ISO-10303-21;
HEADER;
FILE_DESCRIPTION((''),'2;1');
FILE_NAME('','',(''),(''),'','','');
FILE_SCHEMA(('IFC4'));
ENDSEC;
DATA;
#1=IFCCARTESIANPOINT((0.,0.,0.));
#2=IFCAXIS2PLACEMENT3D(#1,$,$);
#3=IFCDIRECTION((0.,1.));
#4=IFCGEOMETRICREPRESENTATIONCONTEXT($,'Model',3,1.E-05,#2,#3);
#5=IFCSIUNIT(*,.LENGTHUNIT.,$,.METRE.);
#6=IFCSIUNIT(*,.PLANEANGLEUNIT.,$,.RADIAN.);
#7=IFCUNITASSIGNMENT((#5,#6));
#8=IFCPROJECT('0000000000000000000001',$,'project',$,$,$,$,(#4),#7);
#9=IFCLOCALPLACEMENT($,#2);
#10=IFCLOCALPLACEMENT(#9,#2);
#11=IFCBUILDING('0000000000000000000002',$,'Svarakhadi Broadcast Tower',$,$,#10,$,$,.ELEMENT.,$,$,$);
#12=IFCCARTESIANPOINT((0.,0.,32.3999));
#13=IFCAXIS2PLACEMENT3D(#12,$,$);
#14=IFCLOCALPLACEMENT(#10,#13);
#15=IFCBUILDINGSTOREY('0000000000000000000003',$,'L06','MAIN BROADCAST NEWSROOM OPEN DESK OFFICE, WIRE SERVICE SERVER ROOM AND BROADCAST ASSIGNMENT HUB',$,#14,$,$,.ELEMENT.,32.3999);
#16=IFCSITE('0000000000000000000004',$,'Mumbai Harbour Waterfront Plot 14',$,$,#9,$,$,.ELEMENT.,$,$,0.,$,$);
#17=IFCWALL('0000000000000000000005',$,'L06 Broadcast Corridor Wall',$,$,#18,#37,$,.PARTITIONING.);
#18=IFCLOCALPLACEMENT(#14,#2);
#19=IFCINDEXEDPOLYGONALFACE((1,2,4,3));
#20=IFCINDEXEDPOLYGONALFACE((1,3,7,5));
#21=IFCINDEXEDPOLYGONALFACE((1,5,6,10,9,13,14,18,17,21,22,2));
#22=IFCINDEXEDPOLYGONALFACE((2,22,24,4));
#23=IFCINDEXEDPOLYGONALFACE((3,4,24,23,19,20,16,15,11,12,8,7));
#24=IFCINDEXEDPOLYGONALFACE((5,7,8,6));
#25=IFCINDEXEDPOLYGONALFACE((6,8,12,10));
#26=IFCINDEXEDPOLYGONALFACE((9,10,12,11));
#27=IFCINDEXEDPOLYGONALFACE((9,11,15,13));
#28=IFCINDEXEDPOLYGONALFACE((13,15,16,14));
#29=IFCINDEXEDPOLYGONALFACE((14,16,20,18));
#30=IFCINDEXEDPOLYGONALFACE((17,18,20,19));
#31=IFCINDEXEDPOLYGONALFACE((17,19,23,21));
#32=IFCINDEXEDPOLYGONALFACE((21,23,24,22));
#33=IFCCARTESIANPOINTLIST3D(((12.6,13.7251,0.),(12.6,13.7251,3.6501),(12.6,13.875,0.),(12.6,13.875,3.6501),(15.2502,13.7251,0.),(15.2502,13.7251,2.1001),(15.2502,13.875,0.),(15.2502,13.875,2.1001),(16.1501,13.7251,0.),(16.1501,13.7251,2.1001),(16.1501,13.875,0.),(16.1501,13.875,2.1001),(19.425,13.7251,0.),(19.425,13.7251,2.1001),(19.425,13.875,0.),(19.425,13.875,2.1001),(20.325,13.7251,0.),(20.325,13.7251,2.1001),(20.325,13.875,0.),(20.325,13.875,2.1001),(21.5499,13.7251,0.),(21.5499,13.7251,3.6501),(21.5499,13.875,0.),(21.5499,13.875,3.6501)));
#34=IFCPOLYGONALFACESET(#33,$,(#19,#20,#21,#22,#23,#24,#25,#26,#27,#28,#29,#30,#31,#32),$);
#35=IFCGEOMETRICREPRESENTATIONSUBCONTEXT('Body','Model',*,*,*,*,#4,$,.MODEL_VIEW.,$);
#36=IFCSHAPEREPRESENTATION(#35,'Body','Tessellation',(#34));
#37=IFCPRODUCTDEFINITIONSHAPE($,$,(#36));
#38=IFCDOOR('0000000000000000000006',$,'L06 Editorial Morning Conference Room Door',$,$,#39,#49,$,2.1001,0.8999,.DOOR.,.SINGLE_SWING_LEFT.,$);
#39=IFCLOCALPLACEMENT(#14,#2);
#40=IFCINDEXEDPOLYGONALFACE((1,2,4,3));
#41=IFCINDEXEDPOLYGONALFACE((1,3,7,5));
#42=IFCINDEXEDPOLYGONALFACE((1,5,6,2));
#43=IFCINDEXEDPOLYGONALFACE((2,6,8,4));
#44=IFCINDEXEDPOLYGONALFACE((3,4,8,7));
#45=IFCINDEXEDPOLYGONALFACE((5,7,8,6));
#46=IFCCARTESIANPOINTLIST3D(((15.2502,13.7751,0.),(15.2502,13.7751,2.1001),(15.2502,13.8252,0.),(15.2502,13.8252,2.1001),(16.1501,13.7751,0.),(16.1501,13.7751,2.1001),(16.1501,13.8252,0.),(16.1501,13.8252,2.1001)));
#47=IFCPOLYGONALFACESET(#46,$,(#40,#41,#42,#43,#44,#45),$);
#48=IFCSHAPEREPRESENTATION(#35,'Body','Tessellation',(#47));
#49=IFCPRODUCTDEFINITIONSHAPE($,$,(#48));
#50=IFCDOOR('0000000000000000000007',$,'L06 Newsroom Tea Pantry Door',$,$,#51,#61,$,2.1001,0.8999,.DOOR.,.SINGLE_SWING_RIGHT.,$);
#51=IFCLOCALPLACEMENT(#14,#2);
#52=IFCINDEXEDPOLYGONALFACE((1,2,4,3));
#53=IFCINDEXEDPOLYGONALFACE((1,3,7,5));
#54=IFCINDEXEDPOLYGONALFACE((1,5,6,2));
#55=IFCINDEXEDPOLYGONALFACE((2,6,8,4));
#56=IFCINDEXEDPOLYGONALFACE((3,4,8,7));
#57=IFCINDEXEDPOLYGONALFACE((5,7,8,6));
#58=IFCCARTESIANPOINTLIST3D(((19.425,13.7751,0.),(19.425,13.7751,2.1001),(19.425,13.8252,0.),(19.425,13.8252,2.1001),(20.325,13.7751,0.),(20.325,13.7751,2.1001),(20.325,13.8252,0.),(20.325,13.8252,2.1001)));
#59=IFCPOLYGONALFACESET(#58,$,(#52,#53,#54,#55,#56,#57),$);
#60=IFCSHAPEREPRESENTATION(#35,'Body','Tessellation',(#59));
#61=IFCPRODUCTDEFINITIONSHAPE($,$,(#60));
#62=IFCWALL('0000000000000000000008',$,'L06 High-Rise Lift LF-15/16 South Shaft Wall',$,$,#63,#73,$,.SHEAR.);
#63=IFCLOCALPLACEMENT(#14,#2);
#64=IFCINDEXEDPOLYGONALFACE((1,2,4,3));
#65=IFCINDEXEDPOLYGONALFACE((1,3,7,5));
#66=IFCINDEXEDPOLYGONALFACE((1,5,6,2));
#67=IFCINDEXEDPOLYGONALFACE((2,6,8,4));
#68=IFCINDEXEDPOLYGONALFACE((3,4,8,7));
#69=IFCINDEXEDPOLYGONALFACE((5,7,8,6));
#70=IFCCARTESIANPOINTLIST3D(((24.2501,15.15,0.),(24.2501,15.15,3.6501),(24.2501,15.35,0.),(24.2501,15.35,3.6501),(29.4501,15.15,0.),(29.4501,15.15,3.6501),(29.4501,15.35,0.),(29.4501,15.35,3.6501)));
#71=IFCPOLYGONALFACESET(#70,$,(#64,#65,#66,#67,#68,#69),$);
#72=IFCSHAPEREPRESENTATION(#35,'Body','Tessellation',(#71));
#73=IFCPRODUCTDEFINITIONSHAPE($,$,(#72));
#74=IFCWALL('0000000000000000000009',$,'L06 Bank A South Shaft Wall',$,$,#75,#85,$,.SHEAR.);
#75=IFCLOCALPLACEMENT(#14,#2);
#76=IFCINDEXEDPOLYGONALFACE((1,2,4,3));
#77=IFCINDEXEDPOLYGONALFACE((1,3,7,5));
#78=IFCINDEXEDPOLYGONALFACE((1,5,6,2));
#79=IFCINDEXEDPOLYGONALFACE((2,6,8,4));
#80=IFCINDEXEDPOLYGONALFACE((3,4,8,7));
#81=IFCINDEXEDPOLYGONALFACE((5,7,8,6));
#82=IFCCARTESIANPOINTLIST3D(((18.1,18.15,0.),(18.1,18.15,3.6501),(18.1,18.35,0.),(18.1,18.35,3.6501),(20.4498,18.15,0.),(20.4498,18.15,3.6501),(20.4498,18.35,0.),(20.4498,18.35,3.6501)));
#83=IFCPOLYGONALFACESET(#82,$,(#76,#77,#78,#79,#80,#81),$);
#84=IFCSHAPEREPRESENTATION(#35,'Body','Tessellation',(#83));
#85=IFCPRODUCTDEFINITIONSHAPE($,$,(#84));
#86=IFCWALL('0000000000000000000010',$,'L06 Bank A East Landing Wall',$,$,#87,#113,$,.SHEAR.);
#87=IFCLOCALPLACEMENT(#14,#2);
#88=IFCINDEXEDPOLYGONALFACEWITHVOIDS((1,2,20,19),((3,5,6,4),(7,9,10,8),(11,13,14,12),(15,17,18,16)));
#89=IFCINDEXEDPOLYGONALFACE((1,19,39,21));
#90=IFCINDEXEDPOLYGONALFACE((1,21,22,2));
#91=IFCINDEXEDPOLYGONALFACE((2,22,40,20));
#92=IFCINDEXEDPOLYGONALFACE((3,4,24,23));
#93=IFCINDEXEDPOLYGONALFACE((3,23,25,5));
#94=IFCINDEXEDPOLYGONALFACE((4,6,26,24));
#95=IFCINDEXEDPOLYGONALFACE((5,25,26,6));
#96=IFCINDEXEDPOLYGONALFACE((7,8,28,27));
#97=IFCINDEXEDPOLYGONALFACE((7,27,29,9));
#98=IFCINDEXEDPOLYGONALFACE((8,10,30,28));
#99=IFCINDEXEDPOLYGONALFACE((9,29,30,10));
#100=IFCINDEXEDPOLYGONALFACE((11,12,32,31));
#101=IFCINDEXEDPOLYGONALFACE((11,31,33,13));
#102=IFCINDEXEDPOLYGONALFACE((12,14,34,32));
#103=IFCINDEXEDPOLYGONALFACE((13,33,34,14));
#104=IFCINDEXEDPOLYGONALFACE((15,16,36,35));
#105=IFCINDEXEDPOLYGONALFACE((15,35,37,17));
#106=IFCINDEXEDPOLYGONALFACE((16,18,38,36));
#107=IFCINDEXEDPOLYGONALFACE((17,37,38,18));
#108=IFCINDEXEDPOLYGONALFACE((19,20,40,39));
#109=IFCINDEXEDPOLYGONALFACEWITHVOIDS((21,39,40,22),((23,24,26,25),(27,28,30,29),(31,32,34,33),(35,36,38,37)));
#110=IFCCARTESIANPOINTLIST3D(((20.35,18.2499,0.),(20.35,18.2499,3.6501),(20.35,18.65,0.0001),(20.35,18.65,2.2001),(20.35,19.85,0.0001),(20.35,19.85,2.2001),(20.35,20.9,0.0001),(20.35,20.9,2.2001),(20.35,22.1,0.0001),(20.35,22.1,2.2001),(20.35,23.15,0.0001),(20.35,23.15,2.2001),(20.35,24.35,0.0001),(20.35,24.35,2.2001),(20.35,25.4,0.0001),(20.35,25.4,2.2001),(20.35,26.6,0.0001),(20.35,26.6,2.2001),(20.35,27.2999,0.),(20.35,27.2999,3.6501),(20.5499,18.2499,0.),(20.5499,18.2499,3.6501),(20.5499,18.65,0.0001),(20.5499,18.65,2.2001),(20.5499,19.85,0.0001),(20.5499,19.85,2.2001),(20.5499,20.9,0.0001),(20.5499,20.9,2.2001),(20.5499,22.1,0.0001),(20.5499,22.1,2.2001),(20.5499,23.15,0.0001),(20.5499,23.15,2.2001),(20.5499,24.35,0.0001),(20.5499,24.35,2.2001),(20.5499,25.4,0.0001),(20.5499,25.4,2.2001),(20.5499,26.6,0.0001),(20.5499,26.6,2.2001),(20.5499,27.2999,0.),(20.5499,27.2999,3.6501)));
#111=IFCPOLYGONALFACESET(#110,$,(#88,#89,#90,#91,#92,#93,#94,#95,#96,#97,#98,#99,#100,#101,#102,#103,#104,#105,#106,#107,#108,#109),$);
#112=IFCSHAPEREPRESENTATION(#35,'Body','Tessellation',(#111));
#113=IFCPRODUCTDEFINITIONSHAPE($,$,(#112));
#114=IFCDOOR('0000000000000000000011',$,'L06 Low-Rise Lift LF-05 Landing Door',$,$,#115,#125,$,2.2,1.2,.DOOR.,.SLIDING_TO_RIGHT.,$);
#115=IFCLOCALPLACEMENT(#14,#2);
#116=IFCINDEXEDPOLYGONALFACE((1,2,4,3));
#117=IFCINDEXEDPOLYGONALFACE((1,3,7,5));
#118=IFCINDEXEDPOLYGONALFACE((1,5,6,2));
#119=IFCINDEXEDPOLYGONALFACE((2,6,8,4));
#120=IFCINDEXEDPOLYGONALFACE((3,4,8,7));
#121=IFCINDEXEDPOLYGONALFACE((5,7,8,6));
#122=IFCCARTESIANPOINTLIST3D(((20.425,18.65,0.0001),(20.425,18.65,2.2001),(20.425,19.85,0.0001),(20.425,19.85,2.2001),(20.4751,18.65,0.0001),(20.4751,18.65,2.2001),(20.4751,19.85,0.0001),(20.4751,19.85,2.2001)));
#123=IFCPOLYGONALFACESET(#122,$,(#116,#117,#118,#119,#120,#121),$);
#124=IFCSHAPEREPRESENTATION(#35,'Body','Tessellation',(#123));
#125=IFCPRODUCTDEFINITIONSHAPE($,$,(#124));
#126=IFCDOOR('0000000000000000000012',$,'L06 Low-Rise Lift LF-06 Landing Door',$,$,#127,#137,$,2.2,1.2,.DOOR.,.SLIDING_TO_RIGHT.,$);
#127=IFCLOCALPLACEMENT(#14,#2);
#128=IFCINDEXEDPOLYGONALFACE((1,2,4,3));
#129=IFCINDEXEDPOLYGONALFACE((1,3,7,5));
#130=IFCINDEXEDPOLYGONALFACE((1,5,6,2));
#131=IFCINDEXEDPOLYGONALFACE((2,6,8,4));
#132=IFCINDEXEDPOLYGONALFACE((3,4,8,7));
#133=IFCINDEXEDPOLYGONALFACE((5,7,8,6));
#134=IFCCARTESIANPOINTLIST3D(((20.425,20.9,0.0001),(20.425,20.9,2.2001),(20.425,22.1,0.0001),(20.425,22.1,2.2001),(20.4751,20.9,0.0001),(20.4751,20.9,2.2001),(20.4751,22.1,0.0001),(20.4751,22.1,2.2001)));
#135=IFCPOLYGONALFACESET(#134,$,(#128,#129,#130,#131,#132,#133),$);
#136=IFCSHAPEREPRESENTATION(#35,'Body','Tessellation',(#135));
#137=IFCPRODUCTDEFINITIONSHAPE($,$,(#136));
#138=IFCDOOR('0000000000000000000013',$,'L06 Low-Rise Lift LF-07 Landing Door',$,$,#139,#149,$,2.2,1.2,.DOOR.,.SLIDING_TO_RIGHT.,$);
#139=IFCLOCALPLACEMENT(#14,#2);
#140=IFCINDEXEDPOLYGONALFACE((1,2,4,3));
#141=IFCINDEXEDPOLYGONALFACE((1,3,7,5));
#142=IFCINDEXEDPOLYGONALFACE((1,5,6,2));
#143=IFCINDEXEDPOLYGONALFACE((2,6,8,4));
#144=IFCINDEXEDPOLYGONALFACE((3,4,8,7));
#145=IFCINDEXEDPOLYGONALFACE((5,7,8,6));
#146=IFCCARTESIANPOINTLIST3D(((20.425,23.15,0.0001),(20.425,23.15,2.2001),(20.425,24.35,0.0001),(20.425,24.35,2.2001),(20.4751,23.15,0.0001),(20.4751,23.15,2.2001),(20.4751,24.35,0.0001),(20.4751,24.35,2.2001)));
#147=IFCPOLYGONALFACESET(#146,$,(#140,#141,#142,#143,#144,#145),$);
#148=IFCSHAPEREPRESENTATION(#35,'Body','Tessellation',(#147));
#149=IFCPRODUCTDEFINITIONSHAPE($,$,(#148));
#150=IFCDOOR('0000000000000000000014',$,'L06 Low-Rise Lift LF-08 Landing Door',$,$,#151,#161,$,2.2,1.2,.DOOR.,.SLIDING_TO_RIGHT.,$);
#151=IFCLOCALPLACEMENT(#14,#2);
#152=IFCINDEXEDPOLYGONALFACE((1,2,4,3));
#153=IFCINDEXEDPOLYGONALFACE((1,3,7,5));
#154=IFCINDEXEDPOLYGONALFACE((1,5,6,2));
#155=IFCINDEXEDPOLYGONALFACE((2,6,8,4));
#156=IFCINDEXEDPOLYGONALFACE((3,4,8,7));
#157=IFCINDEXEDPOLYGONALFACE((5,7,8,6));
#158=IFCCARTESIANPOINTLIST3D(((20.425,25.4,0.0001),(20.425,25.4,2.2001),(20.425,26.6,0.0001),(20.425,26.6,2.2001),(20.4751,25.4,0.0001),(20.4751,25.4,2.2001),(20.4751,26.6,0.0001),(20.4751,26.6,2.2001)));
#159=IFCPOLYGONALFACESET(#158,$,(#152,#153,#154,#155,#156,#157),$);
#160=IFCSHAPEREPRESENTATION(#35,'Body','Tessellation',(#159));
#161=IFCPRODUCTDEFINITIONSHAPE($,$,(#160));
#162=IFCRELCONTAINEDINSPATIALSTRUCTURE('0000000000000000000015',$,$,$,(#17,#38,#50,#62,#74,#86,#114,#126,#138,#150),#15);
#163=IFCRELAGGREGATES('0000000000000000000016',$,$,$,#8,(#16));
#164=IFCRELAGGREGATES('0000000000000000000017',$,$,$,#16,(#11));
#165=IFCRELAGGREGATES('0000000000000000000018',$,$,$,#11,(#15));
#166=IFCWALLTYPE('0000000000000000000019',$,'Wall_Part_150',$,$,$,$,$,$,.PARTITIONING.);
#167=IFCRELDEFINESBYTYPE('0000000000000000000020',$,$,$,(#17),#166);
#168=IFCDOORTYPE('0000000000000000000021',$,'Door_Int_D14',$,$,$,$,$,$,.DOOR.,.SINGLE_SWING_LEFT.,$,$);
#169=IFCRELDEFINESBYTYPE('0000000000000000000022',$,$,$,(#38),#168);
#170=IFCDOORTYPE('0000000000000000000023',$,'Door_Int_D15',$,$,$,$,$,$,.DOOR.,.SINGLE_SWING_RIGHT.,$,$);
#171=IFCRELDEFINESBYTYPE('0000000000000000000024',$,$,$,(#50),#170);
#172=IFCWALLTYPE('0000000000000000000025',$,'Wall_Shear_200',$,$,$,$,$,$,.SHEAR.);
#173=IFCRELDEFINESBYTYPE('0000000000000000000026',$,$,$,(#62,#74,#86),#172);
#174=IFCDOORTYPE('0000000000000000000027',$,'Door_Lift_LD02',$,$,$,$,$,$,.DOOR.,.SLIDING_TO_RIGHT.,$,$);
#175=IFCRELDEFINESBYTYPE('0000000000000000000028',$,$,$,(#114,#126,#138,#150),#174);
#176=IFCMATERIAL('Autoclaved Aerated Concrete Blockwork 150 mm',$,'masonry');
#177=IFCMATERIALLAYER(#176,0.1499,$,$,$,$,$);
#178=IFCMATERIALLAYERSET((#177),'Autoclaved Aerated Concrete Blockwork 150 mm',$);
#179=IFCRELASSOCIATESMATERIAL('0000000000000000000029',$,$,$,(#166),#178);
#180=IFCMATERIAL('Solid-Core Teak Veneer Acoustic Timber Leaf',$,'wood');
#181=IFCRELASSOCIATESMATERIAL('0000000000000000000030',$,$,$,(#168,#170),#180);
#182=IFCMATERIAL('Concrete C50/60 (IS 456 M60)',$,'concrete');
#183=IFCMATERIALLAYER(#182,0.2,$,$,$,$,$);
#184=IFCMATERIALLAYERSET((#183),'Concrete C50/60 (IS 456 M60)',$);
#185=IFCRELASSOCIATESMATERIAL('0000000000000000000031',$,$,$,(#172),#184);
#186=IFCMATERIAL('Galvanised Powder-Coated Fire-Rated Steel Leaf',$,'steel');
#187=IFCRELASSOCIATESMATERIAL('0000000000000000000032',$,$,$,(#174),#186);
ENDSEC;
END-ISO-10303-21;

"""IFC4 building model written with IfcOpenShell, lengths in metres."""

from ifc_helpers import new_model, si_unit, direction, frame, frame_2d, origin, place, context, subcontext, project, spatial, rectangle, extrude, material, layer, layer_set, type_object, element, fill, save


model = new_model("IFC4")

# Units and contexts
model_context = context("Model", 3, precision=1e-05, world=origin(), true_north=direction((0.0, 1.0)))
body_context = subcontext(model_context, "Body", "Model", "MODEL_VIEW")
ifc_project = project(units=[si_unit("LENGTHUNIT", "METRE"), si_unit("PLANEANGLEUNIT", "RADIAN")], contexts=[model_context])

# Site, building, storey
site_placement = place(None, origin())
site = spatial("IfcSite", under=ifc_project, at=site_placement, Name="Mumbai Harbour Waterfront Plot 14", CompositionType="ELEMENT", RefElevation=0.0)
building_placement = place(site_placement, origin())
building = spatial("IfcBuilding", under=site, at=building_placement, Name="Svarakhadi Broadcast Tower", CompositionType="ELEMENT")
storey_placement = place(building_placement, frame((0.0, 0.0, 32.3999)))
storey = spatial("IfcBuildingStorey", under=building, at=storey_placement, Name="L06", Description="MAIN BROADCAST NEWSROOM OPEN DESK OFFICE, WIRE SERVICE SERVER ROOM AND BROADCAST ASSIGNMENT HUB", CompositionType="ELEMENT", Elevation=32.3999)

# Wall, openings, doors
ifc_material_1 = material(Name="Autoclaved Aerated Concrete Blockwork 150 mm", Category="masonry")
ifc_layer_1 = layer(ifc_material_1, 0.1499)
ifc_layer_set_1 = layer_set([ifc_layer_1], Name="Autoclaved Aerated Concrete Blockwork 150 mm")
wall_type_1 = type_object("IfcWallType", Name="Wall_Part_150", PredefinedType="PARTITIONING", material=ifc_layer_set_1)
wall_1_placement = place(storey_placement, frame((21.55, 13.8, 0.0), z_axis=(0.0, 0.0, 1.0), x_axis=(-1.0, 0.0, 0.0)))
wall_1 = element("IfcWall", 1, at=wall_1_placement, inside=storey, type_object=wall_type_1, Name="L06 Broadcast Corridor Wall", PredefinedType="PARTITIONING", context=body_context, shape_type="SweptSolid", body=[
    extrude(rectangle(XDim=8.95, YDim=0.1499, at=frame_2d((4.4751, 0.0))), origin(), (0.0, 0.0, 1.0), 3.6501),
])
opening_1_placement = place(wall_1_placement, frame((5.3999, 0.0, 0.0)))
opening_1 = element("IfcOpeningElement", 2, at=opening_1_placement, cuts=wall_1, PredefinedType="OPENING", context=body_context, shape_type="SweptSolid", body=[
    extrude(rectangle(XDim=0.8999, YDim=2.1001, at=frame_2d((0.45, 1.05))), frame((0.0, 0.085, 0.0), z_axis=(0.0, -1.0, 0.0), x_axis=(1.0, 0.0, 0.0)), (0.0, 0.0, 1.0), 0.1699),
])
opening_2_placement = place(wall_1_placement, frame((1.2251, 0.0, 0.0)))
opening_2 = element("IfcOpeningElement", 3, at=opening_2_placement, cuts=wall_1, PredefinedType="OPENING", context=body_context, shape_type="SweptSolid", body=[
    extrude(rectangle(XDim=0.8999, YDim=2.1001, at=frame_2d((0.45, 1.05))), frame((0.0, 0.085, 0.0), z_axis=(0.0, -1.0, 0.0), x_axis=(1.0, 0.0, 0.0)), (0.0, 0.0, 1.0), 0.1699),
])
ifc_material_2 = material(Name="Solid-Core Teak Veneer Acoustic Timber Leaf", Category="wood")
door_type_1 = type_object("IfcDoorType", Name="Door_Int_D14", OperationType="SINGLE_SWING_LEFT", PredefinedType="DOOR", material=ifc_material_2)
door_1_placement = place(opening_1_placement, origin())
door_1 = element("IfcDoor", 4, at=door_1_placement, inside=storey, type_object=door_type_1, Name="L06 Editorial Morning Conference Room Door", OperationType="SINGLE_SWING_LEFT", OverallHeight=2.1001, OverallWidth=0.8999, PredefinedType="DOOR", context=body_context, shape_type="SweptSolid", body=[
    extrude(rectangle(XDim=0.8999, YDim=2.1001, at=frame_2d((0.45, 1.05))), frame((0.0, 0.0249, 0.0), z_axis=(0.0, -1.0, 0.0), x_axis=(1.0, 0.0, 0.0)), (0.0, 0.0, 1.0), 0.05),
])
fill(opening_1, door_1)
door_type_2 = type_object("IfcDoorType", Name="Door_Int_D15", OperationType="SINGLE_SWING_RIGHT", PredefinedType="DOOR", material=ifc_material_2)
door_2_placement = place(opening_2_placement, origin())
door_2 = element("IfcDoor", 5, at=door_2_placement, inside=storey, type_object=door_type_2, Name="L06 Newsroom Tea Pantry Door", OperationType="SINGLE_SWING_RIGHT", OverallHeight=2.1001, OverallWidth=0.8999, PredefinedType="DOOR", context=body_context, shape_type="SweptSolid", body=[
    extrude(rectangle(XDim=0.8999, YDim=2.1001, at=frame_2d((0.45, 1.05))), frame((0.0, 0.0249, 0.0), z_axis=(0.0, -1.0, 0.0), x_axis=(1.0, 0.0, 0.0)), (0.0, 0.0, 1.0), 0.05),
])
fill(opening_2, door_2)

# Shared definitions
ifc_material_3 = material(Name="Concrete C50/60 (IS 456 M60)", Category="concrete")
ifc_layer_2 = layer(ifc_material_3, 0.2)
ifc_layer_set_2 = layer_set([ifc_layer_2], Name="Concrete C50/60 (IS 456 M60)")
wall_type_2 = type_object("IfcWallType", Name="Wall_Shear_200", PredefinedType="SHEAR", material=ifc_layer_set_2)
ifc_material_4 = material(Name="Galvanised Powder-Coated Fire-Rated Steel Leaf", Category="steel")

# Walls
wall_2_placement = place(storey_placement, frame((24.25, 15.25, 0.0), z_axis=(0.0, 0.0, 1.0), x_axis=(1.0, 0.0, 0.0)))
element("IfcWall", 6, at=wall_2_placement, inside=storey, type_object=wall_type_2, Name="L06 High-Rise Lift LF-15/16 South Shaft Wall", PredefinedType="SHEAR", context=body_context, shape_type="SweptSolid", body=[
    extrude(rectangle(XDim=5.2, YDim=0.2, at=frame_2d((2.6001, 0.0))), origin(), (0.0, 0.0, 1.0), 3.6501),
])
wall_3_placement = place(storey_placement, frame((18.1001, 18.25, 0.0), z_axis=(0.0, 0.0, 1.0), x_axis=(1.0, 0.0, 0.0)))
element("IfcWall", 7, at=wall_3_placement, inside=storey, type_object=wall_type_2, Name="L06 Bank A South Shaft Wall", PredefinedType="SHEAR", context=body_context, shape_type="SweptSolid", body=[
    extrude(rectangle(XDim=2.3499, YDim=0.2, at=frame_2d((1.1748, 0.0))), origin(), (0.0, 0.0, 1.0), 3.6501),
])

# Wall, openings, doors
wall_4_placement = place(storey_placement, frame((20.45, 18.25, 0.0), z_axis=(0.0, 0.0, 1.0), x_axis=(0.0, 1.0, 0.0)))
wall_4 = element("IfcWall", 8, at=wall_4_placement, inside=storey, type_object=wall_type_2, Name="L06 Bank A East Landing Wall", PredefinedType="SHEAR", context=body_context, shape_type="SweptSolid", body=[
    extrude(rectangle(XDim=9.05, YDim=0.2, at=frame_2d((4.5249, 0.0))), origin(), (0.0, 0.0, 1.0), 3.6501),
])
opening_3_placement = place(wall_4_placement, frame((0.3999, 0.0, 0.0)))
opening_3 = element("IfcOpeningElement", 9, at=opening_3_placement, cuts=wall_4, PredefinedType="OPENING", context=body_context, shape_type="SweptSolid", body=[
    extrude(rectangle(XDim=1.2, YDim=2.2, at=frame_2d((0.6001, 1.1001))), frame((0.0, 0.1099, 0.0), z_axis=(0.0, -1.0, 0.0), x_axis=(1.0, 0.0, 0.0)), (0.0, 0.0, 1.0), 0.22),
])
opening_4_placement = place(wall_4_placement, frame((2.6499, 0.0, 0.0)))
opening_4 = element("IfcOpeningElement", 10, at=opening_4_placement, cuts=wall_4, PredefinedType="OPENING", context=body_context, shape_type="SweptSolid", body=[
    extrude(rectangle(XDim=1.2, YDim=2.2, at=frame_2d((0.6001, 1.1001))), frame((0.0, 0.1099, 0.0), z_axis=(0.0, -1.0, 0.0), x_axis=(1.0, 0.0, 0.0)), (0.0, 0.0, 1.0), 0.22),
])
opening_5_placement = place(wall_4_placement, frame((4.8999, 0.0, 0.0)))
opening_5 = element("IfcOpeningElement", 11, at=opening_5_placement, cuts=wall_4, PredefinedType="OPENING", context=body_context, shape_type="SweptSolid", body=[
    extrude(rectangle(XDim=1.2, YDim=2.2, at=frame_2d((0.6001, 1.1001))), frame((0.0, 0.1099, 0.0), z_axis=(0.0, -1.0, 0.0), x_axis=(1.0, 0.0, 0.0)), (0.0, 0.0, 1.0), 0.22),
])
opening_6_placement = place(wall_4_placement, frame((7.1499, 0.0, 0.0)))
opening_6 = element("IfcOpeningElement", 12, at=opening_6_placement, cuts=wall_4, PredefinedType="OPENING", context=body_context, shape_type="SweptSolid", body=[
    extrude(rectangle(XDim=1.2, YDim=2.2, at=frame_2d((0.6001, 1.1001))), frame((0.0, 0.1099, 0.0), z_axis=(0.0, -1.0, 0.0), x_axis=(1.0, 0.0, 0.0)), (0.0, 0.0, 1.0), 0.22),
])
door_type_3 = type_object("IfcDoorType", Name="Door_Lift_LD02", OperationType="SLIDING_TO_RIGHT", PredefinedType="DOOR", material=ifc_material_4)
door_3_placement = place(opening_3_placement, origin())
door_3 = element("IfcDoor", 13, at=door_3_placement, inside=storey, type_object=door_type_3, Name="L06 Low-Rise Lift LF-05 Landing Door", OperationType="SLIDING_TO_RIGHT", OverallHeight=2.2, OverallWidth=1.2, PredefinedType="DOOR", context=body_context, shape_type="SweptSolid", body=[
    extrude(rectangle(XDim=1.2, YDim=2.2, at=frame_2d((0.6001, 1.1001))), frame((0.0, 0.0249, 0.0), z_axis=(0.0, -1.0, 0.0), x_axis=(1.0, 0.0, 0.0)), (0.0, 0.0, 1.0), 0.05),
])
fill(opening_3, door_3)
door_4_placement = place(opening_4_placement, origin())
door_4 = element("IfcDoor", 14, at=door_4_placement, inside=storey, type_object=door_type_3, Name="L06 Low-Rise Lift LF-06 Landing Door", OperationType="SLIDING_TO_RIGHT", OverallHeight=2.2, OverallWidth=1.2, PredefinedType="DOOR", context=body_context, shape_type="SweptSolid", body=[
    extrude(rectangle(XDim=1.2, YDim=2.2, at=frame_2d((0.6001, 1.1001))), frame((0.0, 0.0249, 0.0), z_axis=(0.0, -1.0, 0.0), x_axis=(1.0, 0.0, 0.0)), (0.0, 0.0, 1.0), 0.05),
])
fill(opening_4, door_4)
door_5_placement = place(opening_5_placement, origin())
door_5 = element("IfcDoor", 15, at=door_5_placement, inside=storey, type_object=door_type_3, Name="L06 Low-Rise Lift LF-07 Landing Door", OperationType="SLIDING_TO_RIGHT", OverallHeight=2.2, OverallWidth=1.2, PredefinedType="DOOR", context=body_context, shape_type="SweptSolid", body=[
    extrude(rectangle(XDim=1.2, YDim=2.2, at=frame_2d((0.6001, 1.1001))), frame((0.0, 0.0249, 0.0), z_axis=(0.0, -1.0, 0.0), x_axis=(1.0, 0.0, 0.0)), (0.0, 0.0, 1.0), 0.05),
])
fill(opening_5, door_5)
door_6_placement = place(opening_6_placement, origin())
door_6 = element("IfcDoor", 16, at=door_6_placement, inside=storey, type_object=door_type_3, Name="L06 Low-Rise Lift LF-08 Landing Door", OperationType="SLIDING_TO_RIGHT", OverallHeight=2.2, OverallWidth=1.2, PredefinedType="DOOR", context=body_context, shape_type="SweptSolid", body=[
    extrude(rectangle(XDim=1.2, YDim=2.2, at=frame_2d((0.6001, 1.1001))), frame((0.0, 0.0249, 0.0), z_axis=(0.0, -1.0, 0.0), x_axis=(1.0, 0.0, 0.0)), (0.0, 0.0, 1.0), 0.05),
])
fill(opening_6, door_6)

save(model, "model.ifc")
